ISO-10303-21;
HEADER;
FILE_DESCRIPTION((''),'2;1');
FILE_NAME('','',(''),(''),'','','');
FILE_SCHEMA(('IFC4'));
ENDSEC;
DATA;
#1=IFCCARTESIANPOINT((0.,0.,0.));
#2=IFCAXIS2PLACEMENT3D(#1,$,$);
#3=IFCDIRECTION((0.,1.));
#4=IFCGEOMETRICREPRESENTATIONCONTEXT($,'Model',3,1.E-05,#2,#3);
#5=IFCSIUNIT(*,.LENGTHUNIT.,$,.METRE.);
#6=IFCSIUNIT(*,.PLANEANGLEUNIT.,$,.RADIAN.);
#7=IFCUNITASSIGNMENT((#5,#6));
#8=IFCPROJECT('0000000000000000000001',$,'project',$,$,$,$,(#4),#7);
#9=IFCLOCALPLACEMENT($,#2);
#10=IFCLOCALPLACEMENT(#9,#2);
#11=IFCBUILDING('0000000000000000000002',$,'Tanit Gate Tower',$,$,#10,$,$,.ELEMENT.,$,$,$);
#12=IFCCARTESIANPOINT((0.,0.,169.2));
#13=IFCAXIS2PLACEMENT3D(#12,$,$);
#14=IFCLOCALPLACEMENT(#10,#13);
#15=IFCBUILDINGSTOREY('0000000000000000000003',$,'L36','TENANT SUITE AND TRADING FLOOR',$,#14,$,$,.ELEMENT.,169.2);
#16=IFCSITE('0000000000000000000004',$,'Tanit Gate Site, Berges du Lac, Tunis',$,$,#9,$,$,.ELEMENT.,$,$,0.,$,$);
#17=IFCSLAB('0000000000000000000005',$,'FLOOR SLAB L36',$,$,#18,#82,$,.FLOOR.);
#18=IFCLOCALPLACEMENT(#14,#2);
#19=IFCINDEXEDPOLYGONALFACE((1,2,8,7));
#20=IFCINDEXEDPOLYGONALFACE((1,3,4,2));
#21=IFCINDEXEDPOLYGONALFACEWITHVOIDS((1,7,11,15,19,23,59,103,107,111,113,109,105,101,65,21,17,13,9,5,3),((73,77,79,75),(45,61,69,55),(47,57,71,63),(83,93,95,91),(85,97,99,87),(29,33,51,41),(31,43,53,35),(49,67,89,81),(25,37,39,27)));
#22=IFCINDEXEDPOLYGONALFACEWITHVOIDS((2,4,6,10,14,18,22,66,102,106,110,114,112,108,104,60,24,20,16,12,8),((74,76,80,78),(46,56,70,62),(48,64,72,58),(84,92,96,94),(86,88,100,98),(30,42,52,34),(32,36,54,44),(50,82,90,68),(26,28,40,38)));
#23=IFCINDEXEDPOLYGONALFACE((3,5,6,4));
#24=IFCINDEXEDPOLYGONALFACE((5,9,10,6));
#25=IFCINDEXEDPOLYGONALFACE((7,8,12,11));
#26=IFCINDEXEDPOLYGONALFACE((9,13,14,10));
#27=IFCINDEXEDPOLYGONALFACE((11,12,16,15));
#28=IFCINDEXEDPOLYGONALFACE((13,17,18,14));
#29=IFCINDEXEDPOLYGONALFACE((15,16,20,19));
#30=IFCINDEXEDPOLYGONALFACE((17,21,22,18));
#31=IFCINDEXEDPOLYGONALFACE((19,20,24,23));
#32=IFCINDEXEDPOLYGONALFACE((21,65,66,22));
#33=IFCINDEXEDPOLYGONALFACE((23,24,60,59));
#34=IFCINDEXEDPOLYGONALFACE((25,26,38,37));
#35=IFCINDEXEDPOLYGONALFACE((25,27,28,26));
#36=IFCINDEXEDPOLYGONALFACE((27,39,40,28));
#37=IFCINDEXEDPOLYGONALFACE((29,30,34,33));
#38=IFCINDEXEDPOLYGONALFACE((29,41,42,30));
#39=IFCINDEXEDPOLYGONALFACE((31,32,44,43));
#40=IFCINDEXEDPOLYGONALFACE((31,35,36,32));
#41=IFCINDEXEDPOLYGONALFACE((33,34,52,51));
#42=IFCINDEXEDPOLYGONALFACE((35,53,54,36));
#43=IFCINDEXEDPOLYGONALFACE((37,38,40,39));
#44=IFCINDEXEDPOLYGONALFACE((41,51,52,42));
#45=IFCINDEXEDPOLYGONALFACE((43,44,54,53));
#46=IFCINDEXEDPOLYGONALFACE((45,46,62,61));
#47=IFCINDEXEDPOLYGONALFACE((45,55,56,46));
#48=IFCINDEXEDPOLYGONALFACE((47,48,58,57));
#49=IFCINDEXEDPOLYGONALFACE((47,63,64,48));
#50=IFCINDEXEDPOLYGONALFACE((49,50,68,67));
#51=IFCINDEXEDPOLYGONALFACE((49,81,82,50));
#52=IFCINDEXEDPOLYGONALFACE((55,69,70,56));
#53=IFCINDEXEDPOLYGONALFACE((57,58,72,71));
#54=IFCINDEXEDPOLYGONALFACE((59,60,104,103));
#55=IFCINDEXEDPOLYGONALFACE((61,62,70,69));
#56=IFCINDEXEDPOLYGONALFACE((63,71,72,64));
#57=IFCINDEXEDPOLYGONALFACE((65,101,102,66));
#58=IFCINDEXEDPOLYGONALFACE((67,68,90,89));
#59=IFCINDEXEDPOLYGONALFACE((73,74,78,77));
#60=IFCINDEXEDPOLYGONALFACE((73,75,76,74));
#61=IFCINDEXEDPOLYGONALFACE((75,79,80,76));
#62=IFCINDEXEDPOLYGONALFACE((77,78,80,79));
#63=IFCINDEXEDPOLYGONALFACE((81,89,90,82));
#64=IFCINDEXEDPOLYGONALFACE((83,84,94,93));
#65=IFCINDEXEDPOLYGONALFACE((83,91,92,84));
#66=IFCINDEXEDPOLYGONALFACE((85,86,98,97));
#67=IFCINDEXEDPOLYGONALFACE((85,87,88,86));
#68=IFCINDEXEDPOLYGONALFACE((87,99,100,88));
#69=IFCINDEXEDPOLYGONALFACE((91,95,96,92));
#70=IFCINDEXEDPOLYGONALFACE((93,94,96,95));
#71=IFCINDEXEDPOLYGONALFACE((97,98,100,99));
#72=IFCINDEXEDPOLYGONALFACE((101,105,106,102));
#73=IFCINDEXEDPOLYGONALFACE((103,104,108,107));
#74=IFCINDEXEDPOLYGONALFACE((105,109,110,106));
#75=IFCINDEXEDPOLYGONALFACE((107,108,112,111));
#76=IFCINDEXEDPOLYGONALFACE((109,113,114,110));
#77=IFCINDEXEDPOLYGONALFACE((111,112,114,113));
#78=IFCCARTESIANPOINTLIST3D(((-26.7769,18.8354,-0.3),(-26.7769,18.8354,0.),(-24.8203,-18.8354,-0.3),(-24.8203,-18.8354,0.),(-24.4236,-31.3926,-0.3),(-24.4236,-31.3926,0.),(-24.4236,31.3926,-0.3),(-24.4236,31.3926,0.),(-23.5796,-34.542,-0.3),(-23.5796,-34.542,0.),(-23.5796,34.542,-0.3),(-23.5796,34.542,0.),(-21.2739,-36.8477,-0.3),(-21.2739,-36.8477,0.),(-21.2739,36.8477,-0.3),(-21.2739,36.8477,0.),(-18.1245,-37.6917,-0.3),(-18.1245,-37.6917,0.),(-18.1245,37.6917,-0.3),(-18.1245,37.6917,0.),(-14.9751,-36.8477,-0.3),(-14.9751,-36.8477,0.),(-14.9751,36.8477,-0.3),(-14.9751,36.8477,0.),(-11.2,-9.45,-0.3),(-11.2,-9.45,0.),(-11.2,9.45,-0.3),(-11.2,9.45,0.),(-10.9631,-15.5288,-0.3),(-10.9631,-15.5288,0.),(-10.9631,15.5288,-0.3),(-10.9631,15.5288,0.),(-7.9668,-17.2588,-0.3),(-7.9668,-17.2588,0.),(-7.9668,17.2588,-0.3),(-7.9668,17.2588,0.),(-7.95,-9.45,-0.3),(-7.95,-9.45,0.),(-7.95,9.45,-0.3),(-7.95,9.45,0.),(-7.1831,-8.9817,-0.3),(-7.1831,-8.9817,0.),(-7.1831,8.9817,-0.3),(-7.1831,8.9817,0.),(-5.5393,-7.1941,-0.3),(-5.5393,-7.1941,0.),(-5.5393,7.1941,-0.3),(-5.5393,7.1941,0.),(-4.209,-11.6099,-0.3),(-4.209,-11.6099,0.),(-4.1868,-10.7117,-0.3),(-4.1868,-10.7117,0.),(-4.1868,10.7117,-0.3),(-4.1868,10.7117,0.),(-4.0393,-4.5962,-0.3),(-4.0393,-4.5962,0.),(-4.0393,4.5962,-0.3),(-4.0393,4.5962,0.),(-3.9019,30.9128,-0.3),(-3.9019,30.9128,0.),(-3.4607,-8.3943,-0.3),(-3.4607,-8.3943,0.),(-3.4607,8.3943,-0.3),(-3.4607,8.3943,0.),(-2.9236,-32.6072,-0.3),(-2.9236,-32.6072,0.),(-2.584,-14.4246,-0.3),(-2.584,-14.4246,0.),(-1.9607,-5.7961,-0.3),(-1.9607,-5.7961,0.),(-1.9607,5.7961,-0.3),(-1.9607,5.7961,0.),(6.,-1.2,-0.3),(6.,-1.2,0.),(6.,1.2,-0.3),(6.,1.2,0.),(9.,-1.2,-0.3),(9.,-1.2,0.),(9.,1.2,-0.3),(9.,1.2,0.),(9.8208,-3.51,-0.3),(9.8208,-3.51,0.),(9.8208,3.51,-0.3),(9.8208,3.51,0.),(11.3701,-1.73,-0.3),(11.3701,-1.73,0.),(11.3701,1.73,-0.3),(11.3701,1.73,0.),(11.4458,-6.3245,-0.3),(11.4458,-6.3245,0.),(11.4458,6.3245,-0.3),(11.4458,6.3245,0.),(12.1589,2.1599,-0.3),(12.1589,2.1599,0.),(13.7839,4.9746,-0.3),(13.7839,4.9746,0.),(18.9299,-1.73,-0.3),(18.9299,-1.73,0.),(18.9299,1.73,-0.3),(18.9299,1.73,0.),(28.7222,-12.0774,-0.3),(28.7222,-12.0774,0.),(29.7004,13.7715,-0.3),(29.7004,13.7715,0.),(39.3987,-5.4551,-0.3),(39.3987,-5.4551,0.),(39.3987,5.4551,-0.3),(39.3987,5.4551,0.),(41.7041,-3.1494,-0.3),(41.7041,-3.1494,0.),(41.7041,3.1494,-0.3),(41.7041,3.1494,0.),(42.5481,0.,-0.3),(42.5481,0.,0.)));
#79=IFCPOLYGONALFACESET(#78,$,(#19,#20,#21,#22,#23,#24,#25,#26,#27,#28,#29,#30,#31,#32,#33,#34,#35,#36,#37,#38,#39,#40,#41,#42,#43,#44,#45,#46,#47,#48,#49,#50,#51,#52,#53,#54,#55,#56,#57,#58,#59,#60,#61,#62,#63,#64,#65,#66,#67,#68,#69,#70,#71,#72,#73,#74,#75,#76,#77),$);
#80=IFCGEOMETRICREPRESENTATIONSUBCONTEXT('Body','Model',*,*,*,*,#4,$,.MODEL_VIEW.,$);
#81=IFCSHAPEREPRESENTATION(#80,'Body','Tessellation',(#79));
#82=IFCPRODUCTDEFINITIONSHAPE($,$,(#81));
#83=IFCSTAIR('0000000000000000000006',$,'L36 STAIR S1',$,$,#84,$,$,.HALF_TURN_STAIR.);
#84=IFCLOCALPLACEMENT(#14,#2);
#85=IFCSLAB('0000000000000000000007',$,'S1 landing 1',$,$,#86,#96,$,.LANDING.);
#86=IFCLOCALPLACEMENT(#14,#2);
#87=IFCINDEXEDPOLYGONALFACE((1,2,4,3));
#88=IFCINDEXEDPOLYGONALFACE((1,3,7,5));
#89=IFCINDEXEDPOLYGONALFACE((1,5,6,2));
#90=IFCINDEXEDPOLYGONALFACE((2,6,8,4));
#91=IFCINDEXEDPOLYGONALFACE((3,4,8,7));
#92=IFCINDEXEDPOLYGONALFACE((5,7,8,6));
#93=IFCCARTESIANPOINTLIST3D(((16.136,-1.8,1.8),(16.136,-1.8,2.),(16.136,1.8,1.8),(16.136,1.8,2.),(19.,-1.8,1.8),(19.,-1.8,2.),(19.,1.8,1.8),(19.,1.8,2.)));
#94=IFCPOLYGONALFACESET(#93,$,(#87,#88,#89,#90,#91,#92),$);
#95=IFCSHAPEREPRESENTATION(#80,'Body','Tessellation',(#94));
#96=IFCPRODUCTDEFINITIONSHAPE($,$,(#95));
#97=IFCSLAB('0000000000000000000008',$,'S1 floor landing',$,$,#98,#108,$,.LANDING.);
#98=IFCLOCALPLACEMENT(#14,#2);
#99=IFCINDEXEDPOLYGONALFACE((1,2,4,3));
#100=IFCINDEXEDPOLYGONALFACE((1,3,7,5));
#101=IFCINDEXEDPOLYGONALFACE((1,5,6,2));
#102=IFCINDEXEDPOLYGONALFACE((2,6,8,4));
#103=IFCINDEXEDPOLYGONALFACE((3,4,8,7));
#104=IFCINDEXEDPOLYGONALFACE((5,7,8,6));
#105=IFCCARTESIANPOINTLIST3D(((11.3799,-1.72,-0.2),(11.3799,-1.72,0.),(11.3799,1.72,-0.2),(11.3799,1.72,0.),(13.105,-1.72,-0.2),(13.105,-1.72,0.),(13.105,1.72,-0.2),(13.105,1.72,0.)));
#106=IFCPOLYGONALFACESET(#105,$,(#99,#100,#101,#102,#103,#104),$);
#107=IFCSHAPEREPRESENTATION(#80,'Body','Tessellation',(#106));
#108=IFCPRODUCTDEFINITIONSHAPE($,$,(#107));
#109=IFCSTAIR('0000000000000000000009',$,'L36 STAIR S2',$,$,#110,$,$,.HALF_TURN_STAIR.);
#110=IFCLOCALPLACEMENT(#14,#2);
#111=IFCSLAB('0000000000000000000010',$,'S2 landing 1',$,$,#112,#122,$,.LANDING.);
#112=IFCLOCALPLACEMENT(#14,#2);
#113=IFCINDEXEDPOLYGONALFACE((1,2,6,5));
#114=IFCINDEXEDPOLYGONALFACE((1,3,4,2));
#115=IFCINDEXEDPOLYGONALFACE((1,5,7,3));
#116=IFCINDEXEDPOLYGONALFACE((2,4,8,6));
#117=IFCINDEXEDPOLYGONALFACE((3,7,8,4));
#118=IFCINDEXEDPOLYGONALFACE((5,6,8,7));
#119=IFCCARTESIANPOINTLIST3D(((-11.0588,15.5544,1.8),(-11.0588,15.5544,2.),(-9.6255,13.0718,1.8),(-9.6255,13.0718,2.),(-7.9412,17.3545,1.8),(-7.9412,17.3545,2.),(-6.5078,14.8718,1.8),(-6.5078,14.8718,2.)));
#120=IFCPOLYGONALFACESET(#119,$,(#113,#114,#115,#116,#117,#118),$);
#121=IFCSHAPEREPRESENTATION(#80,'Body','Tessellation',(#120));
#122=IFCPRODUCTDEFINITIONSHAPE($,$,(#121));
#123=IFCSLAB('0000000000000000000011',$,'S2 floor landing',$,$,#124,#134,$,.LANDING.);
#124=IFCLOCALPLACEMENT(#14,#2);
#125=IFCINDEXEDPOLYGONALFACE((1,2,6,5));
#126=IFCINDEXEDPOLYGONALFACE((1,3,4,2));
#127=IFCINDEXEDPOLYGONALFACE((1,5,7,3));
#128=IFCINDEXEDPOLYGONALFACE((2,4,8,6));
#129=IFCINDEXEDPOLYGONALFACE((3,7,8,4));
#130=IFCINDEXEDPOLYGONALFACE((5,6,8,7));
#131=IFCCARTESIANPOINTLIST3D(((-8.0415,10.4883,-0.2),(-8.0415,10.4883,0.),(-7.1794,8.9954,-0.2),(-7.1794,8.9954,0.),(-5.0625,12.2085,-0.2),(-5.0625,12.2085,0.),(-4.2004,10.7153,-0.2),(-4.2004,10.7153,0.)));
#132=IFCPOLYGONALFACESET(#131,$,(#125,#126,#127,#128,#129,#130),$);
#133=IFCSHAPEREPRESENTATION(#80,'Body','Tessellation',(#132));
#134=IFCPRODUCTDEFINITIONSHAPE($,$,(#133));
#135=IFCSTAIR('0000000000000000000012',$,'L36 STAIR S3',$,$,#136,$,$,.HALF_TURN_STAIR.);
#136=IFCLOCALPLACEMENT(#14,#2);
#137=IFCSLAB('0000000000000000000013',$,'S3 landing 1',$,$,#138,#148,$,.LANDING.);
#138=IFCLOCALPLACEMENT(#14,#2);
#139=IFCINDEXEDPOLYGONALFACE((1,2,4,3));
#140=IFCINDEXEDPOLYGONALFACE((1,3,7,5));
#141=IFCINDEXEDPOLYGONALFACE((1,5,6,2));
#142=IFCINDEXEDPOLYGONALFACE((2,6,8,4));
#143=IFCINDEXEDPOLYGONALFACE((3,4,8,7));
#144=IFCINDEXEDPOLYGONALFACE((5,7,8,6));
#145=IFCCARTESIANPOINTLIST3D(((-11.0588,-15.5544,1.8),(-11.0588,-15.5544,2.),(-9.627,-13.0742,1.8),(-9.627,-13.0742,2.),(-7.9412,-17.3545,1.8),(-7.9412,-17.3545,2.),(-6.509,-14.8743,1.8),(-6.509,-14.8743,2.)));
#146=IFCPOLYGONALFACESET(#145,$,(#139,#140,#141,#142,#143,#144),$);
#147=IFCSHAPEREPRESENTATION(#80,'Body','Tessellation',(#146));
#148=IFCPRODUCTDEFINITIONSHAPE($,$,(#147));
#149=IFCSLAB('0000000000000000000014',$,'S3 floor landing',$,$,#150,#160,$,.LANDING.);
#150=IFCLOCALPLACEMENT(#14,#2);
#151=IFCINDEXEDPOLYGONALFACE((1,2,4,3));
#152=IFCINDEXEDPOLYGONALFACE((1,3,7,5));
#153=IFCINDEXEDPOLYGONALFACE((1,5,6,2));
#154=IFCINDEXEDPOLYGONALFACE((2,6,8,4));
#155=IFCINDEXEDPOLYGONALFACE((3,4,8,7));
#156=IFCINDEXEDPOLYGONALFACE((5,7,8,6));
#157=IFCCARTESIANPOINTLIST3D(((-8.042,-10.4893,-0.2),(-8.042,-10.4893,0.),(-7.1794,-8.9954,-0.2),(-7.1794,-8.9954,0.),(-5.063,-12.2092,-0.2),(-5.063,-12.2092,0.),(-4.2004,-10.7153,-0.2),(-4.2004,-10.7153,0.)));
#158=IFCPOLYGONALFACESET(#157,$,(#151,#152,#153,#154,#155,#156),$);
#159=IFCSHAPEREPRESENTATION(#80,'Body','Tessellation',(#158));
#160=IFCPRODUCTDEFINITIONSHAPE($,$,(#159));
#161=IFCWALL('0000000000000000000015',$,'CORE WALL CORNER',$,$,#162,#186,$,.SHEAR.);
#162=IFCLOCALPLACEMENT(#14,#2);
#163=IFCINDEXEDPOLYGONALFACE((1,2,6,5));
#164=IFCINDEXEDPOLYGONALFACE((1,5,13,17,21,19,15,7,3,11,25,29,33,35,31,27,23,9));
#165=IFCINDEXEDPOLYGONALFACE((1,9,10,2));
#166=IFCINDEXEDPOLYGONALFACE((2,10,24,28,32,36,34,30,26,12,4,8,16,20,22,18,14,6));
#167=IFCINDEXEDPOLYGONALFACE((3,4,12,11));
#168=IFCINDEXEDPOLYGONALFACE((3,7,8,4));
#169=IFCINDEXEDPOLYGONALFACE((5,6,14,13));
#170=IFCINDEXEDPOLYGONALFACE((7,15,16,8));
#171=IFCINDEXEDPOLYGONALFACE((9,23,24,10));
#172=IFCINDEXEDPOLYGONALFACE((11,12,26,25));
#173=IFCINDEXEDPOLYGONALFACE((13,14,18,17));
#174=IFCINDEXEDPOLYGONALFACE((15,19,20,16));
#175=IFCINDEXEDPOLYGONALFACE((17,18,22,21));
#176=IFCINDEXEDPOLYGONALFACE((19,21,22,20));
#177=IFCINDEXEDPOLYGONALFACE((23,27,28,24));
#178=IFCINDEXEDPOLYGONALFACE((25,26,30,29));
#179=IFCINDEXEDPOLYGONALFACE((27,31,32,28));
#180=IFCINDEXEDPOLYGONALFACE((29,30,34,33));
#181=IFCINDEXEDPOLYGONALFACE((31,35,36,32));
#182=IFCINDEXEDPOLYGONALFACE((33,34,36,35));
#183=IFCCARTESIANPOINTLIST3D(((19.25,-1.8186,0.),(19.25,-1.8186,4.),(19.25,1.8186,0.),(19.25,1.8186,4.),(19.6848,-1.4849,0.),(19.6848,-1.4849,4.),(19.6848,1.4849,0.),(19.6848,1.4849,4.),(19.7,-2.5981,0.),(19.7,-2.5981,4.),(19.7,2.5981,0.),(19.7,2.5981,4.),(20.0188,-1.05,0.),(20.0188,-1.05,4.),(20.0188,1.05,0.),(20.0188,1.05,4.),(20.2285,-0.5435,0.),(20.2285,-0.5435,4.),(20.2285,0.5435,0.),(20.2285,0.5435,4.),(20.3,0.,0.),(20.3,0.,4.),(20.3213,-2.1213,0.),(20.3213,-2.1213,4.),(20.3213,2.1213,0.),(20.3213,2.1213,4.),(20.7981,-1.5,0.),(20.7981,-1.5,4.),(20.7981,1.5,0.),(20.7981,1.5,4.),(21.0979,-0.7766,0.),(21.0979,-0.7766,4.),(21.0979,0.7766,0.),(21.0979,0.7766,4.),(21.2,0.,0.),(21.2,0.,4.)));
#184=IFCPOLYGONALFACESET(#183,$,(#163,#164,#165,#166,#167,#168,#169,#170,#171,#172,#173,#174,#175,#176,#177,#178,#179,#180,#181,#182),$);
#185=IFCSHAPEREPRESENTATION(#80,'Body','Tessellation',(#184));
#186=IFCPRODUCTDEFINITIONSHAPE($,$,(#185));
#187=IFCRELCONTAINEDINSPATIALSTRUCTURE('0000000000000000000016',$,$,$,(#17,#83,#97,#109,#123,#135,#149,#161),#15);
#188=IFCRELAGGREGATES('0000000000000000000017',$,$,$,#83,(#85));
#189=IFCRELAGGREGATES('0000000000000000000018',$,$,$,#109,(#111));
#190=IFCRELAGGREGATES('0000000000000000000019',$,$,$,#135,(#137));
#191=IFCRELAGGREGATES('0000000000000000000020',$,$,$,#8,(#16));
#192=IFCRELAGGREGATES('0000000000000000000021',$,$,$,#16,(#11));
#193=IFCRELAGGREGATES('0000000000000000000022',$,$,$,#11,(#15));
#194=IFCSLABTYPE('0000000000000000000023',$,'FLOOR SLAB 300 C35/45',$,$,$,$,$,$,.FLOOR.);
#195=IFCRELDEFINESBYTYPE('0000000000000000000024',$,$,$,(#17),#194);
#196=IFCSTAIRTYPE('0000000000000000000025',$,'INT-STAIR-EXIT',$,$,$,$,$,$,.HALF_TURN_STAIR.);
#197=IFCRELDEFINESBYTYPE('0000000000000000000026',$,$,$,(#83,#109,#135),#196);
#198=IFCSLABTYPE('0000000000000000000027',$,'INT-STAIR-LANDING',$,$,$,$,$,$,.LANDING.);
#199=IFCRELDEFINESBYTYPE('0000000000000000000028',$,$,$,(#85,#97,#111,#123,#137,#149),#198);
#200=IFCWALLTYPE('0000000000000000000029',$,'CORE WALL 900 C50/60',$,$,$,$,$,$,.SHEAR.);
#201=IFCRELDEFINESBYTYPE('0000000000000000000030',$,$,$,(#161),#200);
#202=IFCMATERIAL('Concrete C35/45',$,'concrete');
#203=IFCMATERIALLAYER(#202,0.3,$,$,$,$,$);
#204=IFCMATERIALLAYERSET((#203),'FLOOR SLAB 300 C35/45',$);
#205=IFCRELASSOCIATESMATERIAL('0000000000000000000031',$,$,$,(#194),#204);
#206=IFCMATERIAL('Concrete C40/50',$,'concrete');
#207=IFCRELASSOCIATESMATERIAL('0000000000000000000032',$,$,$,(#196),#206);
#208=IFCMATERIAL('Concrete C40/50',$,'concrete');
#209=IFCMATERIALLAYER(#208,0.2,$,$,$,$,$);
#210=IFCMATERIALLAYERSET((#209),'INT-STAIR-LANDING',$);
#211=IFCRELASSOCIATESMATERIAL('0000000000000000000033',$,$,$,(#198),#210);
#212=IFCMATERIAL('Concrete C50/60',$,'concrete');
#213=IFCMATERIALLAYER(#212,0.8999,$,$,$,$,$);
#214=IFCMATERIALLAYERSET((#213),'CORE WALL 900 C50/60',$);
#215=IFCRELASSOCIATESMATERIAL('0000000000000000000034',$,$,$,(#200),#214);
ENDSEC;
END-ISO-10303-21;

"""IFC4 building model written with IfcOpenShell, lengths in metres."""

from ifc_helpers import new_model, si_unit, direction, frame, origin, place, context, subcontext, project, spatial, polyline, outline, extrude, material, layer, layer_set, type_object, element, aggregate, save


model = new_model("IFC4")

# Units and contexts
model_context = context("Model", 3, precision=1e-05, world=origin(), true_north=direction((0.0, 1.0)))
body_context = subcontext(model_context, "Body", "Model", "MODEL_VIEW")
ifc_project = project(units=[si_unit("LENGTHUNIT", "METRE"), si_unit("PLANEANGLEUNIT", "RADIAN")], contexts=[model_context])

# Site, building, storey
site_placement = place(None, origin())
site = spatial("IfcSite", under=ifc_project, at=site_placement, Name="Tanit Gate Site, Berges du Lac, Tunis", CompositionType="ELEMENT", RefElevation=0.0)
building_placement = place(site_placement, origin())
building = spatial("IfcBuilding", under=site, at=building_placement, Name="Tanit Gate Tower", CompositionType="ELEMENT")
storey_placement = place(building_placement, frame((0.0, 0.0, 169.2)))
storey = spatial("IfcBuildingStorey", under=building, at=storey_placement, Name="L36", Description="TENANT SUITE AND TRADING FLOOR", CompositionType="ELEMENT", Elevation=169.2)

# Slab
ifc_material_1 = material(Name="Concrete C35/45", Category="concrete")
ifc_layer_1 = layer(ifc_material_1, 0.3)
ifc_layer_set_1 = layer_set([ifc_layer_1], Name="FLOOR SLAB 300 C35/45")
slab_type_1 = type_object("IfcSlabType", Name="FLOOR SLAB 300 C35/45", PredefinedType="FLOOR", material=ifc_layer_set_1)
slab_1_placement = place(storey_placement, frame((0.0, 0.0, -0.3)))
element("IfcSlab", 1, at=slab_1_placement, inside=storey, type_object=slab_type_1, Name="FLOOR SLAB L36", PredefinedType="FLOOR", context=body_context, shape_type="SweptSolid", body=[
    extrude(outline(polyline([(39.3987, 5.4551), (41.7041, 3.1494), (42.5481, 0.0), (41.7041, -3.1494), (39.3987, -5.4551), (28.7222, -12.0774), (-2.9236, -32.6072), (-14.9751, -36.8477), (-18.1245, -37.6917), (-21.2739, -36.8477), (-23.5796, -34.542), (-24.4236, -31.3926), (-24.8203, -18.8354), (-26.7769, 18.8354), (-24.4236, 31.3926), (-23.5796, 34.542), (-21.2739, 36.8477), (-18.1245, 37.6917), (-14.9751, 36.8477), (-3.9019, 30.9128), (29.7004, 13.7715), (39.3987, 5.4551)]), holes=[polyline([(11.3701, 1.73), (18.9299, 1.73), (18.9299, -1.73), (11.3701, -1.73), (11.3701, 1.73)]), polyline([(9.8208, 3.51), (11.4458, 6.3245), (13.7839, 4.9746), (12.1589, 2.1599), (9.8208, 3.51)]), polyline([(-4.209, -11.6099), (9.8208, -3.51), (11.4458, -6.3245), (-2.584, -14.4246), (-4.209, -11.6099)]), polyline([(6.0, 1.2), (9.0, 1.2), (9.0, -1.2), (6.0, -1.2), (6.0, 1.2)]), polyline([(-5.5393, 7.1941), (-3.4607, 8.3943), (-1.9607, 5.7961), (-4.0393, 4.5962), (-5.5393, 7.1941)]), polyline([(-1.9607, -5.7961), (-3.4607, -8.3943), (-5.5393, -7.1941), (-4.0393, -4.5962), (-1.9607, -5.7961)]), polyline([(-10.9631, 15.5288), (-7.9668, 17.2588), (-4.1868, 10.7117), (-7.1831, 8.9817), (-10.9631, 15.5288)]), polyline([(-4.1868, -10.7117), (-7.9668, -17.2588), (-10.9631, -15.5288), (-7.1831, -8.9817), (-4.1868, -10.7117)]), polyline([(-11.2, -9.45), (-11.2, 9.45), (-7.95, 9.45), (-7.95, -9.45), (-11.2, -9.45)])]), origin(), (0.0, 0.0, 1.0), 0.3),
])

# Stair, slab
ifc_material_2 = material(Name="Concrete C40/50", Category="concrete")
stair_type = type_object("IfcStairType", Name="INT-STAIR-EXIT", PredefinedType="HALF_TURN_STAIR", material=ifc_material_2)
stair_1_placement = place(storey_placement, origin())
stair_1 = element("IfcStair", 2, at=stair_1_placement, inside=storey, type_object=stair_type, Name="L36 STAIR S1", PredefinedType="HALF_TURN_STAIR")
ifc_material_3 = material(Name="Concrete C40/50", Category="concrete")
ifc_layer_2 = layer(ifc_material_3, 0.2)
ifc_layer_set_2 = layer_set([ifc_layer_2], Name="INT-STAIR-LANDING")
slab_type_2 = type_object("IfcSlabType", Name="INT-STAIR-LANDING", PredefinedType="LANDING", material=ifc_layer_set_2)
slab_2_placement = place(storey_placement, frame((0.0, 0.0, 1.8)))
slab_2 = element("IfcSlab", 3, at=slab_2_placement, type_object=slab_type_2, Name="S1 landing 1", PredefinedType="LANDING", context=body_context, shape_type="SweptSolid", body=[
    extrude(outline(polyline([(16.136, -1.8), (19.0, -1.8), (19.0, 1.8), (16.136, 1.8), (16.136, -1.8)])), origin(), (0.0, 0.0, 1.0), 0.2),
])
aggregate(stair_1, [slab_2])

# Slab
slab_3_placement = place(storey_placement, frame((0.0, 0.0, -0.2)))
element("IfcSlab", 4, at=slab_3_placement, inside=storey, type_object=slab_type_2, Name="S1 floor landing", PredefinedType="LANDING", context=body_context, shape_type="SweptSolid", body=[
    extrude(outline(polyline([(11.3799, -1.72), (13.105, -1.72), (13.105, 1.72), (11.3799, 1.72), (11.3799, -1.72)])), origin(), (0.0, 0.0, 1.0), 0.2),
])

# Stair, slab
stair_2_placement = place(storey_placement, origin())
stair_2 = element("IfcStair", 5, at=stair_2_placement, inside=storey, type_object=stair_type, Name="L36 STAIR S2", PredefinedType="HALF_TURN_STAIR")
slab_4_placement = place(storey_placement, frame((0.0, 0.0, 1.8)))
slab_4 = element("IfcSlab", 6, at=slab_4_placement, type_object=slab_type_2, Name="S2 landing 1", PredefinedType="LANDING", context=body_context, shape_type="SweptSolid", body=[
    extrude(outline(polyline([(-6.5078, 14.8718), (-7.9412, 17.3545), (-11.0588, 15.5544), (-9.6255, 13.0718), (-6.5078, 14.8718)])), origin(), (0.0, 0.0, 1.0), 0.2),
])
aggregate(stair_2, [slab_4])

# Slab
slab_5_placement = place(storey_placement, frame((0.0, 0.0, -0.2)))
element("IfcSlab", 7, at=slab_5_placement, inside=storey, type_object=slab_type_2, Name="S2 floor landing", PredefinedType="LANDING", context=body_context, shape_type="SweptSolid", body=[
    extrude(outline(polyline([(-4.2004, 10.7153), (-5.0625, 12.2085), (-8.0415, 10.4883), (-7.1794, 8.9954), (-4.2004, 10.7153)])), origin(), (0.0, 0.0, 1.0), 0.2),
])

# Stair, slab
stair_3_placement = place(storey_placement, origin())
stair_3 = element("IfcStair", 8, at=stair_3_placement, inside=storey, type_object=stair_type, Name="L36 STAIR S3", PredefinedType="HALF_TURN_STAIR")
slab_6_placement = place(storey_placement, frame((0.0, 0.0, 1.8)))
slab_6 = element("IfcSlab", 9, at=slab_6_placement, type_object=slab_type_2, Name="S3 landing 1", PredefinedType="LANDING", context=body_context, shape_type="SweptSolid", body=[
    extrude(outline(polyline([(-9.627, -13.0742), (-11.0588, -15.5544), (-7.9412, -17.3545), (-6.509, -14.8743), (-9.627, -13.0742)])), origin(), (0.0, 0.0, 1.0), 0.2),
])
aggregate(stair_3, [slab_6])

# Slab
slab_7_placement = place(storey_placement, frame((0.0, 0.0, -0.2)))
element("IfcSlab", 10, at=slab_7_placement, inside=storey, type_object=slab_type_2, Name="S3 floor landing", PredefinedType="LANDING", context=body_context, shape_type="SweptSolid", body=[
    extrude(outline(polyline([(-7.1794, -8.9954), (-8.042, -10.4893), (-5.063, -12.2092), (-4.2004, -10.7153), (-7.1794, -8.9954)])), origin(), (0.0, 0.0, 1.0), 0.2),
])

# Wall
ifc_material_4 = material(Name="Concrete C50/60", Category="concrete")
ifc_layer_3 = layer(ifc_material_4, 0.8999)
ifc_layer_set_3 = layer_set([ifc_layer_3], Name="CORE WALL 900 C50/60")
wall_type_1 = type_object("IfcWallType", Name="CORE WALL 900 C50/60", PredefinedType="SHEAR", material=ifc_layer_set_3)
wall_1_placement = place(storey_placement, origin())
element("IfcWall", 11, at=wall_1_placement, inside=storey, type_object=wall_type_1, Name="CORE WALL CORNER", PredefinedType="SHEAR", context=body_context, shape_type="SweptSolid", body=[
    extrude(outline(polyline([(19.7, -2.5981), (20.3213, -2.1213), (20.7981, -1.5), (21.0979, -0.7766), (21.2, 0.0), (21.0979, 0.7766), (20.7981, 1.5), (20.3213, 2.1213), (19.7, 2.5981), (19.25, 1.8186), (19.6848, 1.4849), (20.0188, 1.05), (20.2285, 0.5435), (20.3, 0.0), (20.2285, -0.5435), (20.0188, -1.05), (19.6848, -1.4849), (19.25, -1.8186), (19.7, -2.5981)])), origin(), (0.0, 0.0, 1.0), 4.0),
])

save(model, "model.ifc")
